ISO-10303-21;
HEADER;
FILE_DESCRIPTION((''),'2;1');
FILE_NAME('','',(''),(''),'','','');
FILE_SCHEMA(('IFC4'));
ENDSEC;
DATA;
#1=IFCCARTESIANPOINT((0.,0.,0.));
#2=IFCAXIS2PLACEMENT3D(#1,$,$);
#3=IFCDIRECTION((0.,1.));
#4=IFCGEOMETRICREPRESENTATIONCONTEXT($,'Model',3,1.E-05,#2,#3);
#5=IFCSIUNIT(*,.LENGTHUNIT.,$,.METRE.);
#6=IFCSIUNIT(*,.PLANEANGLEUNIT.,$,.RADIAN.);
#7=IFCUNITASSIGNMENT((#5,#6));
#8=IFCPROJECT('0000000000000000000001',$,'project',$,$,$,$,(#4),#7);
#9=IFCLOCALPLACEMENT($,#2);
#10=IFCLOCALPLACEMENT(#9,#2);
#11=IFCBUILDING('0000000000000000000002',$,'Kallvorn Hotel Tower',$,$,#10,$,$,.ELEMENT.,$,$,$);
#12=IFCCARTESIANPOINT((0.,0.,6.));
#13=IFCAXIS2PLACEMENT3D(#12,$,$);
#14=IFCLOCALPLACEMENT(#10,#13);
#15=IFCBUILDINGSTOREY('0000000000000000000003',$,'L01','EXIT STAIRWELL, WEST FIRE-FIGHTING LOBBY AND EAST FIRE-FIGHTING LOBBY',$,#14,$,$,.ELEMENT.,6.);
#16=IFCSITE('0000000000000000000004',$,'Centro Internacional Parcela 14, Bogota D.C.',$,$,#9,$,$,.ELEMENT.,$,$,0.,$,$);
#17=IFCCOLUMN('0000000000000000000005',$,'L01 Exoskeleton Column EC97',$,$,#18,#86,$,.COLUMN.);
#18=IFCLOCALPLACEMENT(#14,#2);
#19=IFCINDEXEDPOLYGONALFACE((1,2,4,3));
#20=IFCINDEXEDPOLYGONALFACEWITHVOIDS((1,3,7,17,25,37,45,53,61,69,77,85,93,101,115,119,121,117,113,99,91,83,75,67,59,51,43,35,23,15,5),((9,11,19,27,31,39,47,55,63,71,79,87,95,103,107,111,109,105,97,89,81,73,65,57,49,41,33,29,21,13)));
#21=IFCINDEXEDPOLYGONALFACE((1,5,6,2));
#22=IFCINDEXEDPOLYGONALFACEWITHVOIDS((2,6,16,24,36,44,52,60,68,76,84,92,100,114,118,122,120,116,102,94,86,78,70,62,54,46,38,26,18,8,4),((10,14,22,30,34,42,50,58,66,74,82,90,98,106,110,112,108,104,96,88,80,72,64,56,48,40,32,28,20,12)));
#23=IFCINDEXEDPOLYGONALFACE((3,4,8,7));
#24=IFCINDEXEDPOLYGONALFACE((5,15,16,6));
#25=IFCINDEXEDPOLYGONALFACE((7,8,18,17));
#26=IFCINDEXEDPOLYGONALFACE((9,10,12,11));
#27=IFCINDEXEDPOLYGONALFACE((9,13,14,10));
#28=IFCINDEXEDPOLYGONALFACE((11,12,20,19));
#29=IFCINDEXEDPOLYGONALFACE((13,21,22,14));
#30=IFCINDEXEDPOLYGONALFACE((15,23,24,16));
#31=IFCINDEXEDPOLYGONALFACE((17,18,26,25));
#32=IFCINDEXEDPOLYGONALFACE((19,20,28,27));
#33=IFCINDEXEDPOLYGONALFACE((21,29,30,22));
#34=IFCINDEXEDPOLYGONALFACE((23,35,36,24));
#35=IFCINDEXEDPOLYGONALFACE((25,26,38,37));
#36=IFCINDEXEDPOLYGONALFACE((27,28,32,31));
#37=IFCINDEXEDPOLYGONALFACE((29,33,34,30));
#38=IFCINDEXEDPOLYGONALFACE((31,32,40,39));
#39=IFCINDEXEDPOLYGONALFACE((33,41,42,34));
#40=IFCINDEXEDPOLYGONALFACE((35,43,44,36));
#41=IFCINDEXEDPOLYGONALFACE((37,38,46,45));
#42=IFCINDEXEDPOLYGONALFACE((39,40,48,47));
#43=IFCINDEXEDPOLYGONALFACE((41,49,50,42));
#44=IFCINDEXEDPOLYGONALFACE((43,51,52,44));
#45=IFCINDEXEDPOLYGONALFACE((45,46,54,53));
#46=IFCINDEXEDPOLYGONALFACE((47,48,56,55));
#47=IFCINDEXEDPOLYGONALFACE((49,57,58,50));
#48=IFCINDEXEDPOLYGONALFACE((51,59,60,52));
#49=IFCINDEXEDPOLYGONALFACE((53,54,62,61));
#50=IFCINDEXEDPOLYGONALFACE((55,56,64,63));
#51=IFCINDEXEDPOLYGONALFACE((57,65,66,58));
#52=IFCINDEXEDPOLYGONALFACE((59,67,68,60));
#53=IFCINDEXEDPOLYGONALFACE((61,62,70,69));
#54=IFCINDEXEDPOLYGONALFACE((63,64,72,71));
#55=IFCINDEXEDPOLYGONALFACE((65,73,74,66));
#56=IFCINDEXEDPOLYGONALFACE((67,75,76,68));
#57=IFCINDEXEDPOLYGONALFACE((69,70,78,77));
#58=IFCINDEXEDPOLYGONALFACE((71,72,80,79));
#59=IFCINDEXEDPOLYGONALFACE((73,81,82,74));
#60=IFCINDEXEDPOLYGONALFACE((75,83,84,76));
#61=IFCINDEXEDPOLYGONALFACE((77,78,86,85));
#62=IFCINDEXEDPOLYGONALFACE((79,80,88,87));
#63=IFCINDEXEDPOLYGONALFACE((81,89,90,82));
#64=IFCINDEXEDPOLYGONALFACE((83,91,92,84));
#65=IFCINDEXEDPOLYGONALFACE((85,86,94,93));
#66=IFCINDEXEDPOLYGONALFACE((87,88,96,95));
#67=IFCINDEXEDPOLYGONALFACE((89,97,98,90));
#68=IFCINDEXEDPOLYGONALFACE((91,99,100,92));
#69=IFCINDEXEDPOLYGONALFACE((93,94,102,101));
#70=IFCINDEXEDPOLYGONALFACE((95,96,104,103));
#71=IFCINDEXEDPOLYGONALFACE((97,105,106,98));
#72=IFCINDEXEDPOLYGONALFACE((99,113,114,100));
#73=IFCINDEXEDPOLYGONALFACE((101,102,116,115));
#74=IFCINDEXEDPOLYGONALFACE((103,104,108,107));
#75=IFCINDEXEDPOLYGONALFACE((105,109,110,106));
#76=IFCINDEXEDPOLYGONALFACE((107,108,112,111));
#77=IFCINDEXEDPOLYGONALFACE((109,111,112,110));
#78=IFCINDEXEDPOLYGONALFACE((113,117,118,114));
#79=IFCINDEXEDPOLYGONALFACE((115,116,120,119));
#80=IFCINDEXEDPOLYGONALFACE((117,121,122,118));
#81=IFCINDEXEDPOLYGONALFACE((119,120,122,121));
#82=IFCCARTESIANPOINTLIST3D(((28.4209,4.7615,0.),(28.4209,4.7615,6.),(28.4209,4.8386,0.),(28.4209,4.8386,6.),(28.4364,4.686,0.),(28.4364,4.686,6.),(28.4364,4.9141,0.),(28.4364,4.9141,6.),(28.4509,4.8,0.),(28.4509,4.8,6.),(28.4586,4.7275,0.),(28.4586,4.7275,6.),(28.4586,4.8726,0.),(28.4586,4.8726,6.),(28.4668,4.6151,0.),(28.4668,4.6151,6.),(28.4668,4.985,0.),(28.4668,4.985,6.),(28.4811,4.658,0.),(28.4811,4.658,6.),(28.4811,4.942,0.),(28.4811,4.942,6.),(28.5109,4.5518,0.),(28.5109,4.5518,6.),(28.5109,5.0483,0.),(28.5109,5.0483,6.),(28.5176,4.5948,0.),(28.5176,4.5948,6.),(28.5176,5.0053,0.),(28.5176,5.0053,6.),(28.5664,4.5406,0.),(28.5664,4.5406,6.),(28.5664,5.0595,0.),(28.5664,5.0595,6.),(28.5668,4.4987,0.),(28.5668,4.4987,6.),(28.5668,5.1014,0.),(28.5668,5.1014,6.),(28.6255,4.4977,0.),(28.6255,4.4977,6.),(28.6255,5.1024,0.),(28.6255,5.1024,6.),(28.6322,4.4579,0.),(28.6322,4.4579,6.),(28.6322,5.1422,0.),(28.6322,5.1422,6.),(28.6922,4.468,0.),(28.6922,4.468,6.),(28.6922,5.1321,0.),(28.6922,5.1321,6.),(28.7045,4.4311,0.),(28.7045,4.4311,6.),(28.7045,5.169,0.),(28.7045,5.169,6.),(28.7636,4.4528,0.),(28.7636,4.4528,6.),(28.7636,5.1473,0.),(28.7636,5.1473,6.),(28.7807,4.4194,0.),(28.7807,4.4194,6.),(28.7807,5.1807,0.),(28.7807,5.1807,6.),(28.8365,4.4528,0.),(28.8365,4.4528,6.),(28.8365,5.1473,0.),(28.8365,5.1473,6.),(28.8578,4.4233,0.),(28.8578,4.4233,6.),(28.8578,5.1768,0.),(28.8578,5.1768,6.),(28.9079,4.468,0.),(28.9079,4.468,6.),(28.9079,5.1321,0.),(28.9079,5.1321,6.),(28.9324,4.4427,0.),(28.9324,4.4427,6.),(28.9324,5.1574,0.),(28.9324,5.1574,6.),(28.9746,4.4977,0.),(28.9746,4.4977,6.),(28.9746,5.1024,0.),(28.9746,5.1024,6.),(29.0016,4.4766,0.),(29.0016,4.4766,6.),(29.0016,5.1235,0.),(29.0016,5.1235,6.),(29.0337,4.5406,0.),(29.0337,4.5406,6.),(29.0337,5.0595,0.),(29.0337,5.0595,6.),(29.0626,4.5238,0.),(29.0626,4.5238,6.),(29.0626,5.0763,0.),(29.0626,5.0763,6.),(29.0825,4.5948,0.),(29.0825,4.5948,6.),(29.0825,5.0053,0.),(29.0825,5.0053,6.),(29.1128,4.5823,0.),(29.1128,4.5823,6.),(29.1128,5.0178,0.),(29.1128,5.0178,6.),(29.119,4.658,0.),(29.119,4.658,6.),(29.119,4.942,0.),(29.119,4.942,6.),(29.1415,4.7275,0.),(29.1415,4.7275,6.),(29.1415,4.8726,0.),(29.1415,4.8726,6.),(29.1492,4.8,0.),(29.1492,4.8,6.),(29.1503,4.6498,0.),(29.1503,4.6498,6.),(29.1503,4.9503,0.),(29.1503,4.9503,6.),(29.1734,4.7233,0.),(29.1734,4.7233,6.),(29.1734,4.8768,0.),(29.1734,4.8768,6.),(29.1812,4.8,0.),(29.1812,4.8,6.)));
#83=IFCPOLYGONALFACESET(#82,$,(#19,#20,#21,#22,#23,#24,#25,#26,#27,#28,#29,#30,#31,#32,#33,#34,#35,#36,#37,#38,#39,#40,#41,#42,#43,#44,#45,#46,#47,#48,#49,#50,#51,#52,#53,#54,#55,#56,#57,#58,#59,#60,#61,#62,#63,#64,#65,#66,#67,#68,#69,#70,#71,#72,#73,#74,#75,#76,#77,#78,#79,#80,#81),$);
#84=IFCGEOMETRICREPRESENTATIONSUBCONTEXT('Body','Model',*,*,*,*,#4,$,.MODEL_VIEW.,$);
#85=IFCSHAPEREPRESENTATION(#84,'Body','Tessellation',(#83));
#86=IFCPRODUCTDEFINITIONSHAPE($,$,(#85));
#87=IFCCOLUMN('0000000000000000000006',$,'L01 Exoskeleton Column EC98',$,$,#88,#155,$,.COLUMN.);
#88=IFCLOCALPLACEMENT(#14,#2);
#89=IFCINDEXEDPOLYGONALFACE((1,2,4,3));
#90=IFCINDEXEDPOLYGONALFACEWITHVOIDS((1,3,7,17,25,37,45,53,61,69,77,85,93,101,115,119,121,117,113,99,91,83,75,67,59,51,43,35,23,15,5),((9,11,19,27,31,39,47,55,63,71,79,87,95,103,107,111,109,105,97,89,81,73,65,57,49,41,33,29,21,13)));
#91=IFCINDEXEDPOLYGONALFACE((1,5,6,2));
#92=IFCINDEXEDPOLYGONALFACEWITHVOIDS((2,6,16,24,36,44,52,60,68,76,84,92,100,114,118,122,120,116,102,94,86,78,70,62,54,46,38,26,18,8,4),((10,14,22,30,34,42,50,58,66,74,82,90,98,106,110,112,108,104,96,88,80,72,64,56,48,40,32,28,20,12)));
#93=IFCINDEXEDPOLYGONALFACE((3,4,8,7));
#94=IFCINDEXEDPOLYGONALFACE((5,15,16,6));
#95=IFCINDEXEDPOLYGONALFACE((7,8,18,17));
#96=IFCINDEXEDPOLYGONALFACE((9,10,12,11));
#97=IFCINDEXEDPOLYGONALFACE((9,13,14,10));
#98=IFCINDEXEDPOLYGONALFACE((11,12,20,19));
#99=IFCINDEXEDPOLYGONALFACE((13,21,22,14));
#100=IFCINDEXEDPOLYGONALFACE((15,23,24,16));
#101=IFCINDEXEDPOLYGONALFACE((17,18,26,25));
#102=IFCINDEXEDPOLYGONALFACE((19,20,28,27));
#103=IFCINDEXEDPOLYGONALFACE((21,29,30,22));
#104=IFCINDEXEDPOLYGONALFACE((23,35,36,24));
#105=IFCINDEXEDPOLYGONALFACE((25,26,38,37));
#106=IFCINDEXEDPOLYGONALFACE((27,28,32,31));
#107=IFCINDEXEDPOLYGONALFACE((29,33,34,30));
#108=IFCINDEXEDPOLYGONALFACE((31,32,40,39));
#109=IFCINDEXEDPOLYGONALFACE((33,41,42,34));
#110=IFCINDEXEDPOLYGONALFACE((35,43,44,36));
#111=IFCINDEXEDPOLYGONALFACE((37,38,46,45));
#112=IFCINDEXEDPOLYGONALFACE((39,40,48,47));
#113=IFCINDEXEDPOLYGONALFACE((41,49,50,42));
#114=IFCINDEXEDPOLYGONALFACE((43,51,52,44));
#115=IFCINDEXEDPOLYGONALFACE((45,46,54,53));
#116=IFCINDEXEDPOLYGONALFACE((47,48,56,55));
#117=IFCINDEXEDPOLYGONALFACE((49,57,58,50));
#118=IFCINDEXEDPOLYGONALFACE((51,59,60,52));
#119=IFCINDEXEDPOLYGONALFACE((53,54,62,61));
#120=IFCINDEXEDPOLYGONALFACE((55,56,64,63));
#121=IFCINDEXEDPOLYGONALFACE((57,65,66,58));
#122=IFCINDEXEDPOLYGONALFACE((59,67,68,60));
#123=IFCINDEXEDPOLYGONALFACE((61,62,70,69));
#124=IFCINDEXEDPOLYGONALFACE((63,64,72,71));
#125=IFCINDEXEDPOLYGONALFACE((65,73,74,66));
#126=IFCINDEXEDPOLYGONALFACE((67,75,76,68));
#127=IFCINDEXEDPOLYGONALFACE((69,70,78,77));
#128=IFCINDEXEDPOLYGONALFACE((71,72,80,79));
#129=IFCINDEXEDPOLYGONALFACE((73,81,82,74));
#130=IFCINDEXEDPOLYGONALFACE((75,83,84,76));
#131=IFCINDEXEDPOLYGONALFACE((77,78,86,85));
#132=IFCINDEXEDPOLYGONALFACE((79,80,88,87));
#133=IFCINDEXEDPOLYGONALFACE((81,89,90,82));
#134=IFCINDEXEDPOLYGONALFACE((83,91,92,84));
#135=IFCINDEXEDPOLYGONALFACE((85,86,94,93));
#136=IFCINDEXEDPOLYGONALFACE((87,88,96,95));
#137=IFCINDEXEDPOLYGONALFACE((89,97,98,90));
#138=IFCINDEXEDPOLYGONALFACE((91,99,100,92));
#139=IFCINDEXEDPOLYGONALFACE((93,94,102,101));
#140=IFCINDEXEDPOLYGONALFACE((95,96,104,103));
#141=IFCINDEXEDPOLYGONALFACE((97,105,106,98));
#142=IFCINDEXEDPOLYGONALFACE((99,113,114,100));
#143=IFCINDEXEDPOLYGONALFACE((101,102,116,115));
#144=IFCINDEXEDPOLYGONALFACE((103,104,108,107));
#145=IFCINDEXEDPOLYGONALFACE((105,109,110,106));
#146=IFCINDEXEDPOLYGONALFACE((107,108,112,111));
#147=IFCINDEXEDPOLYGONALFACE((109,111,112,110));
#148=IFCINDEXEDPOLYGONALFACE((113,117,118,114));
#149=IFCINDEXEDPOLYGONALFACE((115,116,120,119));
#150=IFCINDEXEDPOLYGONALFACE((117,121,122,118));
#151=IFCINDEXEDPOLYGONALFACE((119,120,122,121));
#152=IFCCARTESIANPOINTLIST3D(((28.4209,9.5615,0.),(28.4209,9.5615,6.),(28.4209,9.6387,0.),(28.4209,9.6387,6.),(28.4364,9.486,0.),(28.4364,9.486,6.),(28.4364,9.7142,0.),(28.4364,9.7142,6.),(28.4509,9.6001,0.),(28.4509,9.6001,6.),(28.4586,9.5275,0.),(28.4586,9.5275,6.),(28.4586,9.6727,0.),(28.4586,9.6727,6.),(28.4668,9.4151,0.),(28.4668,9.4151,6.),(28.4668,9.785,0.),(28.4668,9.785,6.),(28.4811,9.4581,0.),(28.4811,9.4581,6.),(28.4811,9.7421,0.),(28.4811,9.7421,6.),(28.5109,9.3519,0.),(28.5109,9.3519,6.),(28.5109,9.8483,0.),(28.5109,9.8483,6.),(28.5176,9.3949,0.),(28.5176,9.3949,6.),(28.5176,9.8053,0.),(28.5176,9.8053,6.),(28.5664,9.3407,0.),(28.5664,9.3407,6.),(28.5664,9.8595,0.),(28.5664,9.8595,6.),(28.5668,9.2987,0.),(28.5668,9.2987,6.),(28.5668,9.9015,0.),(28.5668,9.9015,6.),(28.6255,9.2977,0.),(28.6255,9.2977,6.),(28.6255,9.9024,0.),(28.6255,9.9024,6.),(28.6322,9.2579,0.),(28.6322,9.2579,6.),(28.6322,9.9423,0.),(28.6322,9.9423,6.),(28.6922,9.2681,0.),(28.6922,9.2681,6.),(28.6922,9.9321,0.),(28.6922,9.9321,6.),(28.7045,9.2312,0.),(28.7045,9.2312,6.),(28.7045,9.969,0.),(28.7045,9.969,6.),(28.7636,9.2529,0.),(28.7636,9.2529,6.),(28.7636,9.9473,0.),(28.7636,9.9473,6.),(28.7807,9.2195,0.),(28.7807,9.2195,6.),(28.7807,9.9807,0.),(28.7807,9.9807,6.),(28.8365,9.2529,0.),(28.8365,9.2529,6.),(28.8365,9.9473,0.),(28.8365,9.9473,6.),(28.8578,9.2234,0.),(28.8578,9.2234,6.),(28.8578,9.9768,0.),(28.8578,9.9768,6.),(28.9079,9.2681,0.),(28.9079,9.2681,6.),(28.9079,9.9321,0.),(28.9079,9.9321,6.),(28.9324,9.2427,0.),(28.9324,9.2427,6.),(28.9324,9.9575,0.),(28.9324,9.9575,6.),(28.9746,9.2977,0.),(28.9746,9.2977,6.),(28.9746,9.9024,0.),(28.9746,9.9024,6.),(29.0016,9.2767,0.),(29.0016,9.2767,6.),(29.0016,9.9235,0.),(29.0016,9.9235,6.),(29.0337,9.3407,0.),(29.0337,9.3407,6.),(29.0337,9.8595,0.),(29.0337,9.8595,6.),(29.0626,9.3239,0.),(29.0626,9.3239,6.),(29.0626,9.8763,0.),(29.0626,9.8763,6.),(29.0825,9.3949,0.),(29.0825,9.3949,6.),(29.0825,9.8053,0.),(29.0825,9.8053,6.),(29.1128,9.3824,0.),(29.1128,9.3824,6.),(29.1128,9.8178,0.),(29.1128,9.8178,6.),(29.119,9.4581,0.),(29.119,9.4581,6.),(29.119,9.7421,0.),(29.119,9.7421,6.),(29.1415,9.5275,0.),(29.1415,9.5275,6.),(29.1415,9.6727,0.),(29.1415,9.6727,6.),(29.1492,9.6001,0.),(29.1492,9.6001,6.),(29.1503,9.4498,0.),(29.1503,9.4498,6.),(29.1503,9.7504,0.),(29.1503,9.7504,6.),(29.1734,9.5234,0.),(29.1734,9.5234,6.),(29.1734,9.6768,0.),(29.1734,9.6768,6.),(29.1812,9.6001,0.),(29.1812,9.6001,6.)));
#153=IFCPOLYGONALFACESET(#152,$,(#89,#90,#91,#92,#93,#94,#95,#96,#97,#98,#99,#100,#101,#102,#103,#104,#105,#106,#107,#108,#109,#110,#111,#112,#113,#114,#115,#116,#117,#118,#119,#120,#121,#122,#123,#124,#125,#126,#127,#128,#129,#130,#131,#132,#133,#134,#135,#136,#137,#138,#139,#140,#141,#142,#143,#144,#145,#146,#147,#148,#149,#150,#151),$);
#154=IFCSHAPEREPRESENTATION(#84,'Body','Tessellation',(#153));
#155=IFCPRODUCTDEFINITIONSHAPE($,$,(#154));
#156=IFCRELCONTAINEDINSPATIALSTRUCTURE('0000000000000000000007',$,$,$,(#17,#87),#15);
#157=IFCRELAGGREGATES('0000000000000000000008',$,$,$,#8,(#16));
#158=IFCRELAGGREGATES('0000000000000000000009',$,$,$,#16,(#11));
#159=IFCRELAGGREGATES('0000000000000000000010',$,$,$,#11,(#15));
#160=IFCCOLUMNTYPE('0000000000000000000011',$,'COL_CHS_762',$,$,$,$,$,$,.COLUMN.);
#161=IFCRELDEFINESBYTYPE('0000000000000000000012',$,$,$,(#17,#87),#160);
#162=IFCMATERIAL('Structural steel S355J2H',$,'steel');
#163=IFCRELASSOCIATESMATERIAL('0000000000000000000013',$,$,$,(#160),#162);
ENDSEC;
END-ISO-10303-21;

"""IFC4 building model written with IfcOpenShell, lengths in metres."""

from ifc_helpers import new_model, si_unit, direction, frame, origin, origin_2d, place, context, subcontext, project, spatial, hollow_circle, extrude, material, material_profile, profile_set, type_object, element, save


model = new_model("IFC4")

# Units and contexts
model_context = context("Model", 3, precision=1e-05, world=origin(), true_north=direction((0.0, 1.0)))
body_context = subcontext(model_context, "Body", "Model", "MODEL_VIEW")
ifc_project = project(units=[si_unit("LENGTHUNIT", "METRE"), si_unit("PLANEANGLEUNIT", "RADIAN")], contexts=[model_context])

# Site, building, storey
site_placement = place(None, origin())
site = spatial("IfcSite", under=ifc_project, at=site_placement, Name="Centro Internacional Parcela 14, Bogota D.C.", CompositionType="ELEMENT", RefElevation=0.0)
building_placement = place(site_placement, origin())
building = spatial("IfcBuilding", under=site, at=building_placement, Name="Kallvorn Hotel Tower", CompositionType="ELEMENT")
storey_placement = place(building_placement, frame((0.0, 0.0, 6.0)))
storey = spatial("IfcBuildingStorey", under=building, at=storey_placement, Name="L01", Description="EXIT STAIRWELL, WEST FIRE-FIGHTING LOBBY AND EAST FIRE-FIGHTING LOBBY", CompositionType="ELEMENT", Elevation=6.0)

# Columns
ifc_material_1 = material(Name="Structural steel S355J2H", Category="steel")
ifc_material_profile_1 = material_profile(ifc_material_1, hollow_circle(Radius=0.3811, WallThickness=0.032, at=origin_2d()), Name="CHS 762x32")
ifc_profile_set_1 = profile_set([ifc_material_profile_1], Name="Structural steel S355J2H")
column_type_1 = type_object("IfcColumnType", Name="COL_CHS_762", PredefinedType="COLUMN", material=ifc_profile_set_1)
for number, where, z_axis, x_axis, name in (
    (1, (28.8, 4.8, 0.0), (0.0, 0.0, 1.0), (1.0, 0.0, 0.0), "L01 Exoskeleton Column EC97"),
    (2, (28.8, 9.6001, 0.0), (0.0, 0.0, 1.0), (1.0, 0.0, 0.0), "L01 Exoskeleton Column EC98"),
):
    element("IfcColumn", number, at=place(storey_placement, frame(where, z_axis=z_axis, x_axis=x_axis)), inside=storey, type_object=column_type_1, Name=name, PredefinedType="COLUMN", context=body_context, shape_type="SweptSolid", body=[
        extrude(hollow_circle(Radius=0.3811, WallThickness=0.032, at=origin_2d()), origin(), (0.0, 0.0, 1.0), 6.0),
    ])

save(model, "model.ifc")
